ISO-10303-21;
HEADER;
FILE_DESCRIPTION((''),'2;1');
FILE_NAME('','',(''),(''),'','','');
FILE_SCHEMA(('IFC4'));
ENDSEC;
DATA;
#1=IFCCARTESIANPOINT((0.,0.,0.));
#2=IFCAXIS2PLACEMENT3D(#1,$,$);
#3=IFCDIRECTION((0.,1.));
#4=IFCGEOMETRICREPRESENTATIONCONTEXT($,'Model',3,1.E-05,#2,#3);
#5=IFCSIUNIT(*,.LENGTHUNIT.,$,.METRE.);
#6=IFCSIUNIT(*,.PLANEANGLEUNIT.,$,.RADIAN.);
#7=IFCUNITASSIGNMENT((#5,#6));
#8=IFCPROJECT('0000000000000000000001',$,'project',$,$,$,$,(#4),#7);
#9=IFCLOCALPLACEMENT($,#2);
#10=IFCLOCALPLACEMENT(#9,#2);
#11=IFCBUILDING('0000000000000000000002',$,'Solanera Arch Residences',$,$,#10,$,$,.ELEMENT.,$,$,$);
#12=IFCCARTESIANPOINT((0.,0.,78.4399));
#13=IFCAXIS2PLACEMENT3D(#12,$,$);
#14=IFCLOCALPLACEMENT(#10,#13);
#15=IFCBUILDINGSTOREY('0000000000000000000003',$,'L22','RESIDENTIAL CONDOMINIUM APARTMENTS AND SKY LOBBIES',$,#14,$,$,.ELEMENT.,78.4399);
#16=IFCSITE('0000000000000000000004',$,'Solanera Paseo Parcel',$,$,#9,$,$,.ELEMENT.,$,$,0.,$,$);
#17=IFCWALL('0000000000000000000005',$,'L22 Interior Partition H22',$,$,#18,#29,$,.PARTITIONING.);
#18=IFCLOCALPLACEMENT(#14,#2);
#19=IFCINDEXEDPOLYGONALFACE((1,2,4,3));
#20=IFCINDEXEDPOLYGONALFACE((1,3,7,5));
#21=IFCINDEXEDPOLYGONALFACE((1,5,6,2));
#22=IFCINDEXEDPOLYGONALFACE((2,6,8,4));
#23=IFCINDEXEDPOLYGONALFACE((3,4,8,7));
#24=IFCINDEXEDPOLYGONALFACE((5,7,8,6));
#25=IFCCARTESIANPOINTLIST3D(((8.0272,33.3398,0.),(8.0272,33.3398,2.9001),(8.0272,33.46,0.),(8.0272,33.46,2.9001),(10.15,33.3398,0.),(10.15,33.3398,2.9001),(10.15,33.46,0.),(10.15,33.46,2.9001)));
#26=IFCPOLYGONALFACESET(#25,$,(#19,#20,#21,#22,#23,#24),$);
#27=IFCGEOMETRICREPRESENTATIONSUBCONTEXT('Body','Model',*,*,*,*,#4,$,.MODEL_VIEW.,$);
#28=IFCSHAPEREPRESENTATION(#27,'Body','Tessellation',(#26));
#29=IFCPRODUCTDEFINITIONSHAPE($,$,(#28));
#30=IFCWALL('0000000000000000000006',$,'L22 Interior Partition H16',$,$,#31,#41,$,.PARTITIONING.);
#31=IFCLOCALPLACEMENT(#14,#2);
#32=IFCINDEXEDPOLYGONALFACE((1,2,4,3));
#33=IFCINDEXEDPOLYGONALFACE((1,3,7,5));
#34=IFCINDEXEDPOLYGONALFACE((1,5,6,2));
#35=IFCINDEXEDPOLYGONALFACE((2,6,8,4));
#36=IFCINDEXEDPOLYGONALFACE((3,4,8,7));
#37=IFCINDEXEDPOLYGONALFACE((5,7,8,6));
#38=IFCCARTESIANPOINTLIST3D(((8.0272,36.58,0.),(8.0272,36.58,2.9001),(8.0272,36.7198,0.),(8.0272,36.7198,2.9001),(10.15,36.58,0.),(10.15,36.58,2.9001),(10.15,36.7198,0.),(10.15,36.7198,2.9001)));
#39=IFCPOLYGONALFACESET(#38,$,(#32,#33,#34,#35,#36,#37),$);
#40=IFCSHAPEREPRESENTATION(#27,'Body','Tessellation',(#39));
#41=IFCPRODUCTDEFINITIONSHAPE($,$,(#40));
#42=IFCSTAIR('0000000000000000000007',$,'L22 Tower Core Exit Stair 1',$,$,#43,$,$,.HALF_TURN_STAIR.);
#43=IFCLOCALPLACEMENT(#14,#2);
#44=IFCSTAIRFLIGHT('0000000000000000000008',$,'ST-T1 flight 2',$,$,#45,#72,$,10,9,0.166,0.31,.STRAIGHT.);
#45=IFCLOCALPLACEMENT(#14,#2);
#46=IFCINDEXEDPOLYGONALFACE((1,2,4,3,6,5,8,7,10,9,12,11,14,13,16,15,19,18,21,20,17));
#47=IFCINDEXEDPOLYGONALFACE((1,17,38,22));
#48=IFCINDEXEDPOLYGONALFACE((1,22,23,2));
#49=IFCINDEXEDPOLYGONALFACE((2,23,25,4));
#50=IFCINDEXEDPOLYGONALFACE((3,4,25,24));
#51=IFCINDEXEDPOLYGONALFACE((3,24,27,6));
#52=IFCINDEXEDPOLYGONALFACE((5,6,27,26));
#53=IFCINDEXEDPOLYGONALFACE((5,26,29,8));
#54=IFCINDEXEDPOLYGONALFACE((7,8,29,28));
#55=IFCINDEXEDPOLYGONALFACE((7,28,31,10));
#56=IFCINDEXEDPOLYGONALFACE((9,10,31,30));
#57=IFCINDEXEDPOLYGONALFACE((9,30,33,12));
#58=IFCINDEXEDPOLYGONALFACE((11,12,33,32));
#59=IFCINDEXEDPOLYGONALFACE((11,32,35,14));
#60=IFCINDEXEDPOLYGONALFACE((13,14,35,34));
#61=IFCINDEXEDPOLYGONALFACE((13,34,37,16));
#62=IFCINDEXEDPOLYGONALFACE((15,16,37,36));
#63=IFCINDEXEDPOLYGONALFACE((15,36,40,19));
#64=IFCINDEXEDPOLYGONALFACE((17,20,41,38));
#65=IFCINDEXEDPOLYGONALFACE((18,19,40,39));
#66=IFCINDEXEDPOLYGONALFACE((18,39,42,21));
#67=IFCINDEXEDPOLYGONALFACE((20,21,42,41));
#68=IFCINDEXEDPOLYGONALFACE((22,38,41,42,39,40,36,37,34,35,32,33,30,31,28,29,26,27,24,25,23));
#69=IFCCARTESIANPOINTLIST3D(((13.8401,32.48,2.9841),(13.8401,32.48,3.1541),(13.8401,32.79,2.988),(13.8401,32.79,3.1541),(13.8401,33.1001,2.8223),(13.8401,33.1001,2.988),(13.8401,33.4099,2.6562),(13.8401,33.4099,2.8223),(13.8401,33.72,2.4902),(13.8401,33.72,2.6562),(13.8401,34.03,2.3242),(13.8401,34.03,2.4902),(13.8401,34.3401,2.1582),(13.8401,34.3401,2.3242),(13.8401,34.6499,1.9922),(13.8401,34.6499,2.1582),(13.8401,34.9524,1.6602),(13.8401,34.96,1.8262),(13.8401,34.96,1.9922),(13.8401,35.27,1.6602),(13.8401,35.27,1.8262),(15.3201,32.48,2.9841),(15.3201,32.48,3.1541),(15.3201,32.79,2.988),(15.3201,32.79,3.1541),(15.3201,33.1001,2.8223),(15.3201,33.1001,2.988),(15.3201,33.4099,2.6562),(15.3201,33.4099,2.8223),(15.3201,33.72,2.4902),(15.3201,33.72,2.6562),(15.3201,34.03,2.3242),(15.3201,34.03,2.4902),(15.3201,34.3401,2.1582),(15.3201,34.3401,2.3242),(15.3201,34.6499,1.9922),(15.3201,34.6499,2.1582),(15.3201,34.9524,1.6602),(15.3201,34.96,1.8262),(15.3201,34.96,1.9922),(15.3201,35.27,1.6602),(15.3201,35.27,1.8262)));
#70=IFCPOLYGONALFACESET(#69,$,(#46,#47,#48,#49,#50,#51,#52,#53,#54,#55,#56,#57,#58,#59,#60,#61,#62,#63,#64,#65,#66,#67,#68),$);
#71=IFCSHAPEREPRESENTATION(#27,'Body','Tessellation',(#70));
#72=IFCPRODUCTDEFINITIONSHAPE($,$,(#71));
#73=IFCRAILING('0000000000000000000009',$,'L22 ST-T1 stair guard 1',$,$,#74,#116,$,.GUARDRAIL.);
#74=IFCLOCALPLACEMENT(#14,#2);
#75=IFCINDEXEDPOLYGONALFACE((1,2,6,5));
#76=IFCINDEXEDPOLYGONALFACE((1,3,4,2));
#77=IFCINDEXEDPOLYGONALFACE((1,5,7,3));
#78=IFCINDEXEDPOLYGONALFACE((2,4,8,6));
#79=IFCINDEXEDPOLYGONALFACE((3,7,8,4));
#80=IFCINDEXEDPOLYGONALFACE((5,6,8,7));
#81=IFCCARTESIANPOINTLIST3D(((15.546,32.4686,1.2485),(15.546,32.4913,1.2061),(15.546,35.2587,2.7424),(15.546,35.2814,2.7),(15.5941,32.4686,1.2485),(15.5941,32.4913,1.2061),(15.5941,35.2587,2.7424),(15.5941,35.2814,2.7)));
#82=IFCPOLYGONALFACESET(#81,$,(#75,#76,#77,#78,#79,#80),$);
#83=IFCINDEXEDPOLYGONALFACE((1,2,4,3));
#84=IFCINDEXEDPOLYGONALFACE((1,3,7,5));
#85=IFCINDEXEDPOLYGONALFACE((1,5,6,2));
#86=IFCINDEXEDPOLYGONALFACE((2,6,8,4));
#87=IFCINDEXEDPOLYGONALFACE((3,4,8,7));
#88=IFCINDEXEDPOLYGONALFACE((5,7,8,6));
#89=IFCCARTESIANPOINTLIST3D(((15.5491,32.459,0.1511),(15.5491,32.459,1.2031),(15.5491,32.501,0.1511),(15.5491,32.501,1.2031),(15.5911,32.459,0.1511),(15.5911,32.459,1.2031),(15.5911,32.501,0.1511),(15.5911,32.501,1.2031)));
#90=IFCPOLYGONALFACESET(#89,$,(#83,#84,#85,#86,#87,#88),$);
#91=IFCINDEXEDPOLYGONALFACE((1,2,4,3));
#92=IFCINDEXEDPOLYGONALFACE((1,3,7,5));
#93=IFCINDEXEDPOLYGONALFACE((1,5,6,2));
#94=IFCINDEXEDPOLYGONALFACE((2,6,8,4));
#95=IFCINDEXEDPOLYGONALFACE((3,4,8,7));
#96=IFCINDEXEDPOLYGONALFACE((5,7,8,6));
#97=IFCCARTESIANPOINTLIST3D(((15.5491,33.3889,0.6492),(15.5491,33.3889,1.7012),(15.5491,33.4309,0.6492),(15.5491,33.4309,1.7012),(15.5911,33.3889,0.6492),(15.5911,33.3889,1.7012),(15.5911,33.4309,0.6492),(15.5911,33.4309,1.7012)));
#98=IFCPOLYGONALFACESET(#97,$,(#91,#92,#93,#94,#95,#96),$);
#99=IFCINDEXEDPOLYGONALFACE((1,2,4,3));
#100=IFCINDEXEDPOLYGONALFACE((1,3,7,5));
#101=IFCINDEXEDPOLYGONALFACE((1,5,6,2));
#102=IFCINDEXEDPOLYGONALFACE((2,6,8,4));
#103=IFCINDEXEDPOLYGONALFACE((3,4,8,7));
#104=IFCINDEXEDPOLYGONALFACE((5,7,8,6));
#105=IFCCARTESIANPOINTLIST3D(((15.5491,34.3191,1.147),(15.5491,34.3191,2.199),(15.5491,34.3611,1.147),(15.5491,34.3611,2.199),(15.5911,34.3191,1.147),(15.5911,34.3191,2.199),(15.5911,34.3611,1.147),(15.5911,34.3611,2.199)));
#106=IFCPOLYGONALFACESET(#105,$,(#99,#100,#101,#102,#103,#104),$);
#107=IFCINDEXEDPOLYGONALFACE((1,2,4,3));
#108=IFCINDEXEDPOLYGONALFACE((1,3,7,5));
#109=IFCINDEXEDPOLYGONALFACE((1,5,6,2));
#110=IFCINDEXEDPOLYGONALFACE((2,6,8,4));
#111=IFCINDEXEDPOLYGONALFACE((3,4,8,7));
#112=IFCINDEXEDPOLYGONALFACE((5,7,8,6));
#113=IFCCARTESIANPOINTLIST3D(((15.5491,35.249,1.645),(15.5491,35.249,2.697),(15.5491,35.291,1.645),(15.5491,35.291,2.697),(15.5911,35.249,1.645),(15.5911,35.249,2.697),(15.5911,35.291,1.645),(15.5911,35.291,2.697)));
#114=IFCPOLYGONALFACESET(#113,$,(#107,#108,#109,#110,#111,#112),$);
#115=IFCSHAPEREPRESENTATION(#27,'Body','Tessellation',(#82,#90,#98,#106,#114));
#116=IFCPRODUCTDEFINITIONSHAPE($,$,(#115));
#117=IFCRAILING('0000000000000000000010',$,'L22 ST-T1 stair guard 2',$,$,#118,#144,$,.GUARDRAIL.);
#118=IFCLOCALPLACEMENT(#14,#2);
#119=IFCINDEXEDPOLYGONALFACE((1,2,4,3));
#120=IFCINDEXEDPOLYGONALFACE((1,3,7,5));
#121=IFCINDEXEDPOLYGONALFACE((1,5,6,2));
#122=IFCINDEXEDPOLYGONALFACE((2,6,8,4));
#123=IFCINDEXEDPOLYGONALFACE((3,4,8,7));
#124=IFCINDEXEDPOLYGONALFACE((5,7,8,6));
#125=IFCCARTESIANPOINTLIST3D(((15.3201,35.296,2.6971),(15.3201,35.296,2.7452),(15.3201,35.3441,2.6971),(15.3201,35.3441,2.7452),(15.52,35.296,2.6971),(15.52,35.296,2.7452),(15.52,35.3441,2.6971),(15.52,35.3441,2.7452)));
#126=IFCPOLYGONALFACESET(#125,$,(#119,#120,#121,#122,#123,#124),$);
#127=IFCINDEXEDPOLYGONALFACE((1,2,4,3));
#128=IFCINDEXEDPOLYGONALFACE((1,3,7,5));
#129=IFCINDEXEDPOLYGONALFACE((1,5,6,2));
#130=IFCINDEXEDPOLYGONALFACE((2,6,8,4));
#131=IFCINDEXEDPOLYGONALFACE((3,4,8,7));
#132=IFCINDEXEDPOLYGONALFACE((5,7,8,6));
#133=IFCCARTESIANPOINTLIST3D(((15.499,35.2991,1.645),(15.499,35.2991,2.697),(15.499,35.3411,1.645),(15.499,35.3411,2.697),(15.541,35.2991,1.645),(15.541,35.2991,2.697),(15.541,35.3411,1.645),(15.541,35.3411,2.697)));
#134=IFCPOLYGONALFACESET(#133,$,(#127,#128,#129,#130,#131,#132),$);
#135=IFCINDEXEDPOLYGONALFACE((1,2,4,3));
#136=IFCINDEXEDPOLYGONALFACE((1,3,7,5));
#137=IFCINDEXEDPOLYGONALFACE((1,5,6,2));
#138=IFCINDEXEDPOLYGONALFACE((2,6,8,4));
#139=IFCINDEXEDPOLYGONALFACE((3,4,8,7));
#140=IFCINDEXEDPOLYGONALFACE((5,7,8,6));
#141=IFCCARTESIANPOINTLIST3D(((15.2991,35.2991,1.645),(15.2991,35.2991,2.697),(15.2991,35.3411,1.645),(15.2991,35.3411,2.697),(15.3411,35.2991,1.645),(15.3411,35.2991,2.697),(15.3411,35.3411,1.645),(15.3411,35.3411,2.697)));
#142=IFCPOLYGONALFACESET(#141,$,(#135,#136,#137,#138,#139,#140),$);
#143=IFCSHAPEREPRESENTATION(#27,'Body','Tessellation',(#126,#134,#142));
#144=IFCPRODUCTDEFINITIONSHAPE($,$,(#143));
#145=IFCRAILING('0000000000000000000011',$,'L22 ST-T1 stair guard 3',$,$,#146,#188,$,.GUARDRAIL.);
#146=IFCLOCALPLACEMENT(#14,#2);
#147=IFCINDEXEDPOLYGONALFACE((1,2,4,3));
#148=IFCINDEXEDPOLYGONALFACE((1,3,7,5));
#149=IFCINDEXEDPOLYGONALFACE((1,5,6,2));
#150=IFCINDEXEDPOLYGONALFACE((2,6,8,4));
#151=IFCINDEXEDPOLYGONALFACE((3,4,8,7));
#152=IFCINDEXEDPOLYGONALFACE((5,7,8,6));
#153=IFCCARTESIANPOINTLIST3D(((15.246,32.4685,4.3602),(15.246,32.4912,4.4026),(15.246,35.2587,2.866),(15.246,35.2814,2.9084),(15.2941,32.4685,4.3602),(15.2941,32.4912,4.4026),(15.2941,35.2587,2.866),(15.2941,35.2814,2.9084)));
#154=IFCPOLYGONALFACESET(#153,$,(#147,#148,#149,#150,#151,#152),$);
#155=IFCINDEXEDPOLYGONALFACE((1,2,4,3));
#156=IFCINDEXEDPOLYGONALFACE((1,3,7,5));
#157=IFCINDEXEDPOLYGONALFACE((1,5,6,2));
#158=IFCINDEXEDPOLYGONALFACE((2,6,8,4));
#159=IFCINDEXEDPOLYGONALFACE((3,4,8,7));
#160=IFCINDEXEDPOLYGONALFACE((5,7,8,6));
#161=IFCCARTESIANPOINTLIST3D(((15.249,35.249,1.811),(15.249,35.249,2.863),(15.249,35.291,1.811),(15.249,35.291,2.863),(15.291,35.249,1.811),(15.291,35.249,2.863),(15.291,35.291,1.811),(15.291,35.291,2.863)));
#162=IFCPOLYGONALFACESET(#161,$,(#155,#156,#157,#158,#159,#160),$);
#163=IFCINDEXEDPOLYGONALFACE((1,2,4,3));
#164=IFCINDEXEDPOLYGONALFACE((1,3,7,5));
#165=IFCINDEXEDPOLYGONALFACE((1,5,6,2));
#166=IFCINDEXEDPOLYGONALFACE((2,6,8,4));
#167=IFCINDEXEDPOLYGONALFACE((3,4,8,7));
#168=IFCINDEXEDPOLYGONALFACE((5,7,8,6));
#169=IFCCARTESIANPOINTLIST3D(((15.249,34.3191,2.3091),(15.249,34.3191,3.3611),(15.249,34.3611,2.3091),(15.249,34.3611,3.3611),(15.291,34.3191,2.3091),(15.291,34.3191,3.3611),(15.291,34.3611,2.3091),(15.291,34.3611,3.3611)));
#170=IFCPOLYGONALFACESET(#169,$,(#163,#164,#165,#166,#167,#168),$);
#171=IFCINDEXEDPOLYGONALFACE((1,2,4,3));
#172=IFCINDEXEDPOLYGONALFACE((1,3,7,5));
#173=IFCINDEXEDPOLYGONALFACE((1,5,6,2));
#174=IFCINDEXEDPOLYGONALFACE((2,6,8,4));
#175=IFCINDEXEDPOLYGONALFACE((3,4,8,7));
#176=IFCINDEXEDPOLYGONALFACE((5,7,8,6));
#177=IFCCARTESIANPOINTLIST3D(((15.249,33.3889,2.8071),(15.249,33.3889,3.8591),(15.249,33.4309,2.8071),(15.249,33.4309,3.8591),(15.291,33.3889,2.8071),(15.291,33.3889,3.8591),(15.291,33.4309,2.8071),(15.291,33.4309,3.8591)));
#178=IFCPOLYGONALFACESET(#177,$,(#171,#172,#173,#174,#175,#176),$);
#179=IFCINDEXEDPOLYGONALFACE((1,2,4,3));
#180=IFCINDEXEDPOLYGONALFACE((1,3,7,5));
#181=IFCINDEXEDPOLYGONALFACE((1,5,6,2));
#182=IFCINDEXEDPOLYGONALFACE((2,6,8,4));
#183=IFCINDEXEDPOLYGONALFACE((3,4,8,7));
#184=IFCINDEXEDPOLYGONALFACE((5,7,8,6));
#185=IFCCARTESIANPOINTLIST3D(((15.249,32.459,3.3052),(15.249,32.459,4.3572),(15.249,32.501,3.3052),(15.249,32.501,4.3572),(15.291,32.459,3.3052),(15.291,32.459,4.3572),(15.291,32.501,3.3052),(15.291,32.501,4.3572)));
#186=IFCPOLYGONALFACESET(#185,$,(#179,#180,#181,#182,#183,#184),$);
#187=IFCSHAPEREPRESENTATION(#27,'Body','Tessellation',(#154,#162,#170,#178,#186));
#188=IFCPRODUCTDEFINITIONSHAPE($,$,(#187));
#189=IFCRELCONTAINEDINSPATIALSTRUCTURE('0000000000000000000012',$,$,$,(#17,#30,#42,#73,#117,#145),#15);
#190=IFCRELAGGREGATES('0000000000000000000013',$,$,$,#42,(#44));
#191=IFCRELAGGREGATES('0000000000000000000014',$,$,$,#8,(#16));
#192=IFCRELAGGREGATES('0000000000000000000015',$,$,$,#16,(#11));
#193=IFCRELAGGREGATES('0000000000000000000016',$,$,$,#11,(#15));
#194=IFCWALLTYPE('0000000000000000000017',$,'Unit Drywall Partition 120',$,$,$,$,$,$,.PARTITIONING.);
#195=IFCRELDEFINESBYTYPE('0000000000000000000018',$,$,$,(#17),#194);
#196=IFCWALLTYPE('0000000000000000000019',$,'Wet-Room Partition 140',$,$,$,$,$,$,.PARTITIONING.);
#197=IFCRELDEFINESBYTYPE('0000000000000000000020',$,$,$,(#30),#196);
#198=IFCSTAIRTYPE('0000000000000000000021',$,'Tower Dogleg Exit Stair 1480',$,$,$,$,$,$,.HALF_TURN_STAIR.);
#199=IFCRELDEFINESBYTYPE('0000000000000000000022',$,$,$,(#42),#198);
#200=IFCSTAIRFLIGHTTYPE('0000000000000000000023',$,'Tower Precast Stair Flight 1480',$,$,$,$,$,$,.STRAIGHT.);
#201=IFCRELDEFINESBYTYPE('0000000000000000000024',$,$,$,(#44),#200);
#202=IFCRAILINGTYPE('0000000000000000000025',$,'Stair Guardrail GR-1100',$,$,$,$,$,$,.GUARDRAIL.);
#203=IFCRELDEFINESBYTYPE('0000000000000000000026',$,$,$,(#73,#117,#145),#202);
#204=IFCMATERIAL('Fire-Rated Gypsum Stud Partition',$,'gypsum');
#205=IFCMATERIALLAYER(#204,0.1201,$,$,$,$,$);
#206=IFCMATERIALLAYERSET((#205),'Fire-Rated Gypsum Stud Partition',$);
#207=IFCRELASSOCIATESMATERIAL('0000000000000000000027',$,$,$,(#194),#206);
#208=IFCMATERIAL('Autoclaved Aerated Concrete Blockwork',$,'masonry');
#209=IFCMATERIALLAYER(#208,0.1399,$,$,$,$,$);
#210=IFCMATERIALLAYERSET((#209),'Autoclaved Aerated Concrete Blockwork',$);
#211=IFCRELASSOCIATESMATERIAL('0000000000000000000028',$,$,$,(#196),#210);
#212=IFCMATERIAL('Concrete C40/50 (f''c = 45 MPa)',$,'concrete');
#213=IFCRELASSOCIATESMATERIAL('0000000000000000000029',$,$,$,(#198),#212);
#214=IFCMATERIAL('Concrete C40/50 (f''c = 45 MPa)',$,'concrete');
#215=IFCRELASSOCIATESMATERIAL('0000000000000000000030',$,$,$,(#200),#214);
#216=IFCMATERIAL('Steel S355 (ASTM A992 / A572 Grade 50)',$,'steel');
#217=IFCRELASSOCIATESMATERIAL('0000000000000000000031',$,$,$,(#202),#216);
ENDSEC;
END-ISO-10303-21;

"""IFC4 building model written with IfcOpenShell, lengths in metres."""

from ifc_helpers import new_model, si_unit, direction, frame, frame_2d, origin, origin_2d, place, context, subcontext, project, spatial, polyline, rectangle, outline, extrude, material, layer, layer_set, type_object, element, aggregate, save


model = new_model("IFC4")

# Units and contexts
model_context = context("Model", 3, precision=1e-05, world=origin(), true_north=direction((0.0, 1.0)))
body_context = subcontext(model_context, "Body", "Model", "MODEL_VIEW")
ifc_project = project(units=[si_unit("LENGTHUNIT", "METRE"), si_unit("PLANEANGLEUNIT", "RADIAN")], contexts=[model_context])

# Site, building, storey
site_placement = place(None, origin())
site = spatial("IfcSite", under=ifc_project, at=site_placement, Name="Solanera Paseo Parcel", CompositionType="ELEMENT", RefElevation=0.0)
building_placement = place(site_placement, origin())
building = spatial("IfcBuilding", under=site, at=building_placement, Name="Solanera Arch Residences", CompositionType="ELEMENT")
storey_placement = place(building_placement, frame((0.0, 0.0, 78.4399)))
storey = spatial("IfcBuildingStorey", under=building, at=storey_placement, Name="L22", Description="RESIDENTIAL CONDOMINIUM APARTMENTS AND SKY LOBBIES", CompositionType="ELEMENT", Elevation=78.4399)

# Walls
ifc_material_1 = material(Name="Fire-Rated Gypsum Stud Partition", Category="gypsum")
ifc_layer_1 = layer(ifc_material_1, 0.1201)
ifc_layer_set_1 = layer_set([ifc_layer_1], Name="Fire-Rated Gypsum Stud Partition")
wall_type_1 = type_object("IfcWallType", Name="Unit Drywall Partition 120", PredefinedType="PARTITIONING", material=ifc_layer_set_1)
wall_1_placement = place(storey_placement, frame((8.0271, 33.3999, 0.0), z_axis=(0.0, 0.0, 1.0), x_axis=(1.0, 0.0, 0.0)))
element("IfcWall", 1, at=wall_1_placement, inside=storey, type_object=wall_type_1, Name="L22 Interior Partition H22", PredefinedType="PARTITIONING", context=body_context, shape_type="SweptSolid", body=[
    extrude(rectangle(XDim=2.1228, YDim=0.1201, at=frame_2d((1.0615, 0.0))), origin(), (0.0, 0.0, 1.0), 2.9001),
])
ifc_material_2 = material(Name="Autoclaved Aerated Concrete Blockwork", Category="masonry")
ifc_layer_2 = layer(ifc_material_2, 0.1399)
ifc_layer_set_2 = layer_set([ifc_layer_2], Name="Autoclaved Aerated Concrete Blockwork")
wall_type_2 = type_object("IfcWallType", Name="Wet-Room Partition 140", PredefinedType="PARTITIONING", material=ifc_layer_set_2)
wall_2_placement = place(storey_placement, frame((8.0271, 36.6499, 0.0), z_axis=(0.0, 0.0, 1.0), x_axis=(1.0, 0.0, 0.0)))
element("IfcWall", 2, at=wall_2_placement, inside=storey, type_object=wall_type_2, Name="L22 Interior Partition H16", PredefinedType="PARTITIONING", context=body_context, shape_type="SweptSolid", body=[
    extrude(rectangle(XDim=2.1228, YDim=0.1399, at=frame_2d((1.0615, 0.0))), origin(), (0.0, 0.0, 1.0), 2.9001),
])

# Stair, stair flight
ifc_material_3 = material(Name="Concrete C40/50 (f'c = 45 MPa)", Category="concrete")
stair_type = type_object("IfcStairType", Name="Tower Dogleg Exit Stair 1480", PredefinedType="HALF_TURN_STAIR", material=ifc_material_3)
stair_placement = place(storey_placement, origin())
stair = element("IfcStair", 3, at=stair_placement, inside=storey, type_object=stair_type, Name="L22 Tower Core Exit Stair 1", PredefinedType="HALF_TURN_STAIR")
ifc_material_4 = material(Name="Concrete C40/50 (f'c = 45 MPa)", Category="concrete")
stair_flight_type = type_object("IfcStairFlightType", Name="Tower Precast Stair Flight 1480", PredefinedType="STRAIGHT", material=ifc_material_4)
stair_flight_placement = place(storey_placement, frame((14.5801, 35.27, 1.6602), z_axis=(0.0, 0.0, 1.0), x_axis=(0.0, -1.0, 0.0)))
stair_flight = element("IfcStairFlight", 4, at=stair_flight_placement, type_object=stair_flight_type, Name="ST-T1 flight 2", NumberOfRisers=10, NumberOfTreads=9, PredefinedType="STRAIGHT", RiserHeight=0.166, TreadLength=0.31, context=body_context, shape_type="SweptSolid", body=[
    extrude(outline(polyline([(0.0, 0.0), (0.0, 0.166), (0.3101, 0.166), (0.3101, 0.332), (0.6201, 0.332), (0.6201, 0.498), (0.9299, 0.498), (0.9299, 0.6641), (1.24, 0.6641), (1.24, 0.8301), (1.55, 0.8301), (1.55, 0.9961), (1.8601, 0.9961), (1.8601, 1.1621), (2.1699, 1.1621), (2.1699, 1.3279), (2.48, 1.3279), (2.48, 1.4939), (2.79, 1.4939), (2.79, 1.6599), (2.79, 1.324), (0.3176, 0.0), (0.0, 0.0)])), frame((0.0, 0.74, 0.0), z_axis=(0.0, -1.0, 0.0), x_axis=(1.0, 0.0, 0.0)), (0.0, 0.0, 1.0), 1.48),
])
aggregate(stair, [stair_flight])

# Railings
ifc_material_5 = material(Name="Steel S355 (ASTM A992 / A572 Grade 50)", Category="steel")
railing_type_1 = type_object("IfcRailingType", Name="Stair Guardrail GR-1100", PredefinedType="GUARDRAIL", material=ifc_material_5)
railing_1_placement = place(storey_placement, frame((15.5701, 32.48, 0.1511)))
element("IfcRailing", 5, at=railing_1_placement, inside=storey, type_object=railing_type_1, Name="L22 ST-T1 stair guard 1", PredefinedType="GUARDRAIL", context=body_context, shape_type="SweptSolid", body=[
    extrude(rectangle(XDim=0.0481, YDim=0.0481, at=origin_2d()), frame((0.0, 0.0, 1.0762), z_axis=(0.0, 0.881581, 0.472033), x_axis=(-1.0, 0.0, 0.0)), (0.0, 0.0, 1.0), 3.1648),
    extrude(rectangle(XDim=0.042, YDim=0.042, at=origin_2d()), origin(), (0.0, 0.0, 1.0), 1.052),
    extrude(rectangle(XDim=0.042, YDim=0.042, at=origin_2d()), frame((0.0, 0.9299, 0.498)), (0.0, 0.0, 1.0), 1.052),
    extrude(rectangle(XDim=0.042, YDim=0.042, at=origin_2d()), frame((0.0, 1.8601, 0.9958)), (0.0, 0.0, 1.0), 1.052),
    extrude(rectangle(XDim=0.042, YDim=0.042, at=origin_2d()), frame((0.0, 2.79, 1.4939)), (0.0, 0.0, 1.0), 1.052),
])
railing_2_placement = place(storey_placement, frame((15.52, 35.3201, 1.645)))
element("IfcRailing", 6, at=railing_2_placement, inside=storey, type_object=railing_type_1, Name="L22 ST-T1 stair guard 2", PredefinedType="GUARDRAIL", context=body_context, shape_type="SweptSolid", body=[
    extrude(rectangle(XDim=0.0481, YDim=0.0481, at=origin_2d()), frame((0.0, 0.0, 1.0762), z_axis=(-1.0, 0.0, 0.0), x_axis=(0.0, -1.0, 0.0)), (0.0, 0.0, 1.0), 0.2),
    extrude(rectangle(XDim=0.042, YDim=0.042, at=origin_2d()), origin(), (0.0, 0.0, 1.0), 1.052),
    extrude(rectangle(XDim=0.042, YDim=0.042, at=origin_2d()), frame((-0.2, 0.0, 0.0)), (0.0, 0.0, 1.0), 1.052),
])
railing_3_placement = place(storey_placement, frame((15.27, 35.27, 1.811)))
element("IfcRailing", 7, at=railing_3_placement, inside=storey, type_object=railing_type_1, Name="L22 ST-T1 stair guard 3", PredefinedType="GUARDRAIL", context=body_context, shape_type="SweptSolid", body=[
    extrude(rectangle(XDim=0.0481, YDim=0.0481, at=origin_2d()), frame((0.0, 0.0, 1.0762), z_axis=(0.0, -0.881549, 0.472093), x_axis=(1.0, 0.0, 0.0)), (0.0, 0.0, 1.0), 3.165),
    extrude(rectangle(XDim=0.042, YDim=0.042, at=origin_2d()), origin(), (0.0, 0.0, 1.0), 1.052),
    extrude(rectangle(XDim=0.042, YDim=0.042, at=origin_2d()), frame((0.0, -0.9299, 0.498)), (0.0, 0.0, 1.0), 1.052),
    extrude(rectangle(XDim=0.042, YDim=0.042, at=origin_2d()), frame((0.0, -1.8601, 0.9961)), (0.0, 0.0, 1.0), 1.052),
    extrude(rectangle(XDim=0.042, YDim=0.042, at=origin_2d()), frame((0.0, -2.79, 1.4941)), (0.0, 0.0, 1.0), 1.052),
])

save(model, "model.ifc")
